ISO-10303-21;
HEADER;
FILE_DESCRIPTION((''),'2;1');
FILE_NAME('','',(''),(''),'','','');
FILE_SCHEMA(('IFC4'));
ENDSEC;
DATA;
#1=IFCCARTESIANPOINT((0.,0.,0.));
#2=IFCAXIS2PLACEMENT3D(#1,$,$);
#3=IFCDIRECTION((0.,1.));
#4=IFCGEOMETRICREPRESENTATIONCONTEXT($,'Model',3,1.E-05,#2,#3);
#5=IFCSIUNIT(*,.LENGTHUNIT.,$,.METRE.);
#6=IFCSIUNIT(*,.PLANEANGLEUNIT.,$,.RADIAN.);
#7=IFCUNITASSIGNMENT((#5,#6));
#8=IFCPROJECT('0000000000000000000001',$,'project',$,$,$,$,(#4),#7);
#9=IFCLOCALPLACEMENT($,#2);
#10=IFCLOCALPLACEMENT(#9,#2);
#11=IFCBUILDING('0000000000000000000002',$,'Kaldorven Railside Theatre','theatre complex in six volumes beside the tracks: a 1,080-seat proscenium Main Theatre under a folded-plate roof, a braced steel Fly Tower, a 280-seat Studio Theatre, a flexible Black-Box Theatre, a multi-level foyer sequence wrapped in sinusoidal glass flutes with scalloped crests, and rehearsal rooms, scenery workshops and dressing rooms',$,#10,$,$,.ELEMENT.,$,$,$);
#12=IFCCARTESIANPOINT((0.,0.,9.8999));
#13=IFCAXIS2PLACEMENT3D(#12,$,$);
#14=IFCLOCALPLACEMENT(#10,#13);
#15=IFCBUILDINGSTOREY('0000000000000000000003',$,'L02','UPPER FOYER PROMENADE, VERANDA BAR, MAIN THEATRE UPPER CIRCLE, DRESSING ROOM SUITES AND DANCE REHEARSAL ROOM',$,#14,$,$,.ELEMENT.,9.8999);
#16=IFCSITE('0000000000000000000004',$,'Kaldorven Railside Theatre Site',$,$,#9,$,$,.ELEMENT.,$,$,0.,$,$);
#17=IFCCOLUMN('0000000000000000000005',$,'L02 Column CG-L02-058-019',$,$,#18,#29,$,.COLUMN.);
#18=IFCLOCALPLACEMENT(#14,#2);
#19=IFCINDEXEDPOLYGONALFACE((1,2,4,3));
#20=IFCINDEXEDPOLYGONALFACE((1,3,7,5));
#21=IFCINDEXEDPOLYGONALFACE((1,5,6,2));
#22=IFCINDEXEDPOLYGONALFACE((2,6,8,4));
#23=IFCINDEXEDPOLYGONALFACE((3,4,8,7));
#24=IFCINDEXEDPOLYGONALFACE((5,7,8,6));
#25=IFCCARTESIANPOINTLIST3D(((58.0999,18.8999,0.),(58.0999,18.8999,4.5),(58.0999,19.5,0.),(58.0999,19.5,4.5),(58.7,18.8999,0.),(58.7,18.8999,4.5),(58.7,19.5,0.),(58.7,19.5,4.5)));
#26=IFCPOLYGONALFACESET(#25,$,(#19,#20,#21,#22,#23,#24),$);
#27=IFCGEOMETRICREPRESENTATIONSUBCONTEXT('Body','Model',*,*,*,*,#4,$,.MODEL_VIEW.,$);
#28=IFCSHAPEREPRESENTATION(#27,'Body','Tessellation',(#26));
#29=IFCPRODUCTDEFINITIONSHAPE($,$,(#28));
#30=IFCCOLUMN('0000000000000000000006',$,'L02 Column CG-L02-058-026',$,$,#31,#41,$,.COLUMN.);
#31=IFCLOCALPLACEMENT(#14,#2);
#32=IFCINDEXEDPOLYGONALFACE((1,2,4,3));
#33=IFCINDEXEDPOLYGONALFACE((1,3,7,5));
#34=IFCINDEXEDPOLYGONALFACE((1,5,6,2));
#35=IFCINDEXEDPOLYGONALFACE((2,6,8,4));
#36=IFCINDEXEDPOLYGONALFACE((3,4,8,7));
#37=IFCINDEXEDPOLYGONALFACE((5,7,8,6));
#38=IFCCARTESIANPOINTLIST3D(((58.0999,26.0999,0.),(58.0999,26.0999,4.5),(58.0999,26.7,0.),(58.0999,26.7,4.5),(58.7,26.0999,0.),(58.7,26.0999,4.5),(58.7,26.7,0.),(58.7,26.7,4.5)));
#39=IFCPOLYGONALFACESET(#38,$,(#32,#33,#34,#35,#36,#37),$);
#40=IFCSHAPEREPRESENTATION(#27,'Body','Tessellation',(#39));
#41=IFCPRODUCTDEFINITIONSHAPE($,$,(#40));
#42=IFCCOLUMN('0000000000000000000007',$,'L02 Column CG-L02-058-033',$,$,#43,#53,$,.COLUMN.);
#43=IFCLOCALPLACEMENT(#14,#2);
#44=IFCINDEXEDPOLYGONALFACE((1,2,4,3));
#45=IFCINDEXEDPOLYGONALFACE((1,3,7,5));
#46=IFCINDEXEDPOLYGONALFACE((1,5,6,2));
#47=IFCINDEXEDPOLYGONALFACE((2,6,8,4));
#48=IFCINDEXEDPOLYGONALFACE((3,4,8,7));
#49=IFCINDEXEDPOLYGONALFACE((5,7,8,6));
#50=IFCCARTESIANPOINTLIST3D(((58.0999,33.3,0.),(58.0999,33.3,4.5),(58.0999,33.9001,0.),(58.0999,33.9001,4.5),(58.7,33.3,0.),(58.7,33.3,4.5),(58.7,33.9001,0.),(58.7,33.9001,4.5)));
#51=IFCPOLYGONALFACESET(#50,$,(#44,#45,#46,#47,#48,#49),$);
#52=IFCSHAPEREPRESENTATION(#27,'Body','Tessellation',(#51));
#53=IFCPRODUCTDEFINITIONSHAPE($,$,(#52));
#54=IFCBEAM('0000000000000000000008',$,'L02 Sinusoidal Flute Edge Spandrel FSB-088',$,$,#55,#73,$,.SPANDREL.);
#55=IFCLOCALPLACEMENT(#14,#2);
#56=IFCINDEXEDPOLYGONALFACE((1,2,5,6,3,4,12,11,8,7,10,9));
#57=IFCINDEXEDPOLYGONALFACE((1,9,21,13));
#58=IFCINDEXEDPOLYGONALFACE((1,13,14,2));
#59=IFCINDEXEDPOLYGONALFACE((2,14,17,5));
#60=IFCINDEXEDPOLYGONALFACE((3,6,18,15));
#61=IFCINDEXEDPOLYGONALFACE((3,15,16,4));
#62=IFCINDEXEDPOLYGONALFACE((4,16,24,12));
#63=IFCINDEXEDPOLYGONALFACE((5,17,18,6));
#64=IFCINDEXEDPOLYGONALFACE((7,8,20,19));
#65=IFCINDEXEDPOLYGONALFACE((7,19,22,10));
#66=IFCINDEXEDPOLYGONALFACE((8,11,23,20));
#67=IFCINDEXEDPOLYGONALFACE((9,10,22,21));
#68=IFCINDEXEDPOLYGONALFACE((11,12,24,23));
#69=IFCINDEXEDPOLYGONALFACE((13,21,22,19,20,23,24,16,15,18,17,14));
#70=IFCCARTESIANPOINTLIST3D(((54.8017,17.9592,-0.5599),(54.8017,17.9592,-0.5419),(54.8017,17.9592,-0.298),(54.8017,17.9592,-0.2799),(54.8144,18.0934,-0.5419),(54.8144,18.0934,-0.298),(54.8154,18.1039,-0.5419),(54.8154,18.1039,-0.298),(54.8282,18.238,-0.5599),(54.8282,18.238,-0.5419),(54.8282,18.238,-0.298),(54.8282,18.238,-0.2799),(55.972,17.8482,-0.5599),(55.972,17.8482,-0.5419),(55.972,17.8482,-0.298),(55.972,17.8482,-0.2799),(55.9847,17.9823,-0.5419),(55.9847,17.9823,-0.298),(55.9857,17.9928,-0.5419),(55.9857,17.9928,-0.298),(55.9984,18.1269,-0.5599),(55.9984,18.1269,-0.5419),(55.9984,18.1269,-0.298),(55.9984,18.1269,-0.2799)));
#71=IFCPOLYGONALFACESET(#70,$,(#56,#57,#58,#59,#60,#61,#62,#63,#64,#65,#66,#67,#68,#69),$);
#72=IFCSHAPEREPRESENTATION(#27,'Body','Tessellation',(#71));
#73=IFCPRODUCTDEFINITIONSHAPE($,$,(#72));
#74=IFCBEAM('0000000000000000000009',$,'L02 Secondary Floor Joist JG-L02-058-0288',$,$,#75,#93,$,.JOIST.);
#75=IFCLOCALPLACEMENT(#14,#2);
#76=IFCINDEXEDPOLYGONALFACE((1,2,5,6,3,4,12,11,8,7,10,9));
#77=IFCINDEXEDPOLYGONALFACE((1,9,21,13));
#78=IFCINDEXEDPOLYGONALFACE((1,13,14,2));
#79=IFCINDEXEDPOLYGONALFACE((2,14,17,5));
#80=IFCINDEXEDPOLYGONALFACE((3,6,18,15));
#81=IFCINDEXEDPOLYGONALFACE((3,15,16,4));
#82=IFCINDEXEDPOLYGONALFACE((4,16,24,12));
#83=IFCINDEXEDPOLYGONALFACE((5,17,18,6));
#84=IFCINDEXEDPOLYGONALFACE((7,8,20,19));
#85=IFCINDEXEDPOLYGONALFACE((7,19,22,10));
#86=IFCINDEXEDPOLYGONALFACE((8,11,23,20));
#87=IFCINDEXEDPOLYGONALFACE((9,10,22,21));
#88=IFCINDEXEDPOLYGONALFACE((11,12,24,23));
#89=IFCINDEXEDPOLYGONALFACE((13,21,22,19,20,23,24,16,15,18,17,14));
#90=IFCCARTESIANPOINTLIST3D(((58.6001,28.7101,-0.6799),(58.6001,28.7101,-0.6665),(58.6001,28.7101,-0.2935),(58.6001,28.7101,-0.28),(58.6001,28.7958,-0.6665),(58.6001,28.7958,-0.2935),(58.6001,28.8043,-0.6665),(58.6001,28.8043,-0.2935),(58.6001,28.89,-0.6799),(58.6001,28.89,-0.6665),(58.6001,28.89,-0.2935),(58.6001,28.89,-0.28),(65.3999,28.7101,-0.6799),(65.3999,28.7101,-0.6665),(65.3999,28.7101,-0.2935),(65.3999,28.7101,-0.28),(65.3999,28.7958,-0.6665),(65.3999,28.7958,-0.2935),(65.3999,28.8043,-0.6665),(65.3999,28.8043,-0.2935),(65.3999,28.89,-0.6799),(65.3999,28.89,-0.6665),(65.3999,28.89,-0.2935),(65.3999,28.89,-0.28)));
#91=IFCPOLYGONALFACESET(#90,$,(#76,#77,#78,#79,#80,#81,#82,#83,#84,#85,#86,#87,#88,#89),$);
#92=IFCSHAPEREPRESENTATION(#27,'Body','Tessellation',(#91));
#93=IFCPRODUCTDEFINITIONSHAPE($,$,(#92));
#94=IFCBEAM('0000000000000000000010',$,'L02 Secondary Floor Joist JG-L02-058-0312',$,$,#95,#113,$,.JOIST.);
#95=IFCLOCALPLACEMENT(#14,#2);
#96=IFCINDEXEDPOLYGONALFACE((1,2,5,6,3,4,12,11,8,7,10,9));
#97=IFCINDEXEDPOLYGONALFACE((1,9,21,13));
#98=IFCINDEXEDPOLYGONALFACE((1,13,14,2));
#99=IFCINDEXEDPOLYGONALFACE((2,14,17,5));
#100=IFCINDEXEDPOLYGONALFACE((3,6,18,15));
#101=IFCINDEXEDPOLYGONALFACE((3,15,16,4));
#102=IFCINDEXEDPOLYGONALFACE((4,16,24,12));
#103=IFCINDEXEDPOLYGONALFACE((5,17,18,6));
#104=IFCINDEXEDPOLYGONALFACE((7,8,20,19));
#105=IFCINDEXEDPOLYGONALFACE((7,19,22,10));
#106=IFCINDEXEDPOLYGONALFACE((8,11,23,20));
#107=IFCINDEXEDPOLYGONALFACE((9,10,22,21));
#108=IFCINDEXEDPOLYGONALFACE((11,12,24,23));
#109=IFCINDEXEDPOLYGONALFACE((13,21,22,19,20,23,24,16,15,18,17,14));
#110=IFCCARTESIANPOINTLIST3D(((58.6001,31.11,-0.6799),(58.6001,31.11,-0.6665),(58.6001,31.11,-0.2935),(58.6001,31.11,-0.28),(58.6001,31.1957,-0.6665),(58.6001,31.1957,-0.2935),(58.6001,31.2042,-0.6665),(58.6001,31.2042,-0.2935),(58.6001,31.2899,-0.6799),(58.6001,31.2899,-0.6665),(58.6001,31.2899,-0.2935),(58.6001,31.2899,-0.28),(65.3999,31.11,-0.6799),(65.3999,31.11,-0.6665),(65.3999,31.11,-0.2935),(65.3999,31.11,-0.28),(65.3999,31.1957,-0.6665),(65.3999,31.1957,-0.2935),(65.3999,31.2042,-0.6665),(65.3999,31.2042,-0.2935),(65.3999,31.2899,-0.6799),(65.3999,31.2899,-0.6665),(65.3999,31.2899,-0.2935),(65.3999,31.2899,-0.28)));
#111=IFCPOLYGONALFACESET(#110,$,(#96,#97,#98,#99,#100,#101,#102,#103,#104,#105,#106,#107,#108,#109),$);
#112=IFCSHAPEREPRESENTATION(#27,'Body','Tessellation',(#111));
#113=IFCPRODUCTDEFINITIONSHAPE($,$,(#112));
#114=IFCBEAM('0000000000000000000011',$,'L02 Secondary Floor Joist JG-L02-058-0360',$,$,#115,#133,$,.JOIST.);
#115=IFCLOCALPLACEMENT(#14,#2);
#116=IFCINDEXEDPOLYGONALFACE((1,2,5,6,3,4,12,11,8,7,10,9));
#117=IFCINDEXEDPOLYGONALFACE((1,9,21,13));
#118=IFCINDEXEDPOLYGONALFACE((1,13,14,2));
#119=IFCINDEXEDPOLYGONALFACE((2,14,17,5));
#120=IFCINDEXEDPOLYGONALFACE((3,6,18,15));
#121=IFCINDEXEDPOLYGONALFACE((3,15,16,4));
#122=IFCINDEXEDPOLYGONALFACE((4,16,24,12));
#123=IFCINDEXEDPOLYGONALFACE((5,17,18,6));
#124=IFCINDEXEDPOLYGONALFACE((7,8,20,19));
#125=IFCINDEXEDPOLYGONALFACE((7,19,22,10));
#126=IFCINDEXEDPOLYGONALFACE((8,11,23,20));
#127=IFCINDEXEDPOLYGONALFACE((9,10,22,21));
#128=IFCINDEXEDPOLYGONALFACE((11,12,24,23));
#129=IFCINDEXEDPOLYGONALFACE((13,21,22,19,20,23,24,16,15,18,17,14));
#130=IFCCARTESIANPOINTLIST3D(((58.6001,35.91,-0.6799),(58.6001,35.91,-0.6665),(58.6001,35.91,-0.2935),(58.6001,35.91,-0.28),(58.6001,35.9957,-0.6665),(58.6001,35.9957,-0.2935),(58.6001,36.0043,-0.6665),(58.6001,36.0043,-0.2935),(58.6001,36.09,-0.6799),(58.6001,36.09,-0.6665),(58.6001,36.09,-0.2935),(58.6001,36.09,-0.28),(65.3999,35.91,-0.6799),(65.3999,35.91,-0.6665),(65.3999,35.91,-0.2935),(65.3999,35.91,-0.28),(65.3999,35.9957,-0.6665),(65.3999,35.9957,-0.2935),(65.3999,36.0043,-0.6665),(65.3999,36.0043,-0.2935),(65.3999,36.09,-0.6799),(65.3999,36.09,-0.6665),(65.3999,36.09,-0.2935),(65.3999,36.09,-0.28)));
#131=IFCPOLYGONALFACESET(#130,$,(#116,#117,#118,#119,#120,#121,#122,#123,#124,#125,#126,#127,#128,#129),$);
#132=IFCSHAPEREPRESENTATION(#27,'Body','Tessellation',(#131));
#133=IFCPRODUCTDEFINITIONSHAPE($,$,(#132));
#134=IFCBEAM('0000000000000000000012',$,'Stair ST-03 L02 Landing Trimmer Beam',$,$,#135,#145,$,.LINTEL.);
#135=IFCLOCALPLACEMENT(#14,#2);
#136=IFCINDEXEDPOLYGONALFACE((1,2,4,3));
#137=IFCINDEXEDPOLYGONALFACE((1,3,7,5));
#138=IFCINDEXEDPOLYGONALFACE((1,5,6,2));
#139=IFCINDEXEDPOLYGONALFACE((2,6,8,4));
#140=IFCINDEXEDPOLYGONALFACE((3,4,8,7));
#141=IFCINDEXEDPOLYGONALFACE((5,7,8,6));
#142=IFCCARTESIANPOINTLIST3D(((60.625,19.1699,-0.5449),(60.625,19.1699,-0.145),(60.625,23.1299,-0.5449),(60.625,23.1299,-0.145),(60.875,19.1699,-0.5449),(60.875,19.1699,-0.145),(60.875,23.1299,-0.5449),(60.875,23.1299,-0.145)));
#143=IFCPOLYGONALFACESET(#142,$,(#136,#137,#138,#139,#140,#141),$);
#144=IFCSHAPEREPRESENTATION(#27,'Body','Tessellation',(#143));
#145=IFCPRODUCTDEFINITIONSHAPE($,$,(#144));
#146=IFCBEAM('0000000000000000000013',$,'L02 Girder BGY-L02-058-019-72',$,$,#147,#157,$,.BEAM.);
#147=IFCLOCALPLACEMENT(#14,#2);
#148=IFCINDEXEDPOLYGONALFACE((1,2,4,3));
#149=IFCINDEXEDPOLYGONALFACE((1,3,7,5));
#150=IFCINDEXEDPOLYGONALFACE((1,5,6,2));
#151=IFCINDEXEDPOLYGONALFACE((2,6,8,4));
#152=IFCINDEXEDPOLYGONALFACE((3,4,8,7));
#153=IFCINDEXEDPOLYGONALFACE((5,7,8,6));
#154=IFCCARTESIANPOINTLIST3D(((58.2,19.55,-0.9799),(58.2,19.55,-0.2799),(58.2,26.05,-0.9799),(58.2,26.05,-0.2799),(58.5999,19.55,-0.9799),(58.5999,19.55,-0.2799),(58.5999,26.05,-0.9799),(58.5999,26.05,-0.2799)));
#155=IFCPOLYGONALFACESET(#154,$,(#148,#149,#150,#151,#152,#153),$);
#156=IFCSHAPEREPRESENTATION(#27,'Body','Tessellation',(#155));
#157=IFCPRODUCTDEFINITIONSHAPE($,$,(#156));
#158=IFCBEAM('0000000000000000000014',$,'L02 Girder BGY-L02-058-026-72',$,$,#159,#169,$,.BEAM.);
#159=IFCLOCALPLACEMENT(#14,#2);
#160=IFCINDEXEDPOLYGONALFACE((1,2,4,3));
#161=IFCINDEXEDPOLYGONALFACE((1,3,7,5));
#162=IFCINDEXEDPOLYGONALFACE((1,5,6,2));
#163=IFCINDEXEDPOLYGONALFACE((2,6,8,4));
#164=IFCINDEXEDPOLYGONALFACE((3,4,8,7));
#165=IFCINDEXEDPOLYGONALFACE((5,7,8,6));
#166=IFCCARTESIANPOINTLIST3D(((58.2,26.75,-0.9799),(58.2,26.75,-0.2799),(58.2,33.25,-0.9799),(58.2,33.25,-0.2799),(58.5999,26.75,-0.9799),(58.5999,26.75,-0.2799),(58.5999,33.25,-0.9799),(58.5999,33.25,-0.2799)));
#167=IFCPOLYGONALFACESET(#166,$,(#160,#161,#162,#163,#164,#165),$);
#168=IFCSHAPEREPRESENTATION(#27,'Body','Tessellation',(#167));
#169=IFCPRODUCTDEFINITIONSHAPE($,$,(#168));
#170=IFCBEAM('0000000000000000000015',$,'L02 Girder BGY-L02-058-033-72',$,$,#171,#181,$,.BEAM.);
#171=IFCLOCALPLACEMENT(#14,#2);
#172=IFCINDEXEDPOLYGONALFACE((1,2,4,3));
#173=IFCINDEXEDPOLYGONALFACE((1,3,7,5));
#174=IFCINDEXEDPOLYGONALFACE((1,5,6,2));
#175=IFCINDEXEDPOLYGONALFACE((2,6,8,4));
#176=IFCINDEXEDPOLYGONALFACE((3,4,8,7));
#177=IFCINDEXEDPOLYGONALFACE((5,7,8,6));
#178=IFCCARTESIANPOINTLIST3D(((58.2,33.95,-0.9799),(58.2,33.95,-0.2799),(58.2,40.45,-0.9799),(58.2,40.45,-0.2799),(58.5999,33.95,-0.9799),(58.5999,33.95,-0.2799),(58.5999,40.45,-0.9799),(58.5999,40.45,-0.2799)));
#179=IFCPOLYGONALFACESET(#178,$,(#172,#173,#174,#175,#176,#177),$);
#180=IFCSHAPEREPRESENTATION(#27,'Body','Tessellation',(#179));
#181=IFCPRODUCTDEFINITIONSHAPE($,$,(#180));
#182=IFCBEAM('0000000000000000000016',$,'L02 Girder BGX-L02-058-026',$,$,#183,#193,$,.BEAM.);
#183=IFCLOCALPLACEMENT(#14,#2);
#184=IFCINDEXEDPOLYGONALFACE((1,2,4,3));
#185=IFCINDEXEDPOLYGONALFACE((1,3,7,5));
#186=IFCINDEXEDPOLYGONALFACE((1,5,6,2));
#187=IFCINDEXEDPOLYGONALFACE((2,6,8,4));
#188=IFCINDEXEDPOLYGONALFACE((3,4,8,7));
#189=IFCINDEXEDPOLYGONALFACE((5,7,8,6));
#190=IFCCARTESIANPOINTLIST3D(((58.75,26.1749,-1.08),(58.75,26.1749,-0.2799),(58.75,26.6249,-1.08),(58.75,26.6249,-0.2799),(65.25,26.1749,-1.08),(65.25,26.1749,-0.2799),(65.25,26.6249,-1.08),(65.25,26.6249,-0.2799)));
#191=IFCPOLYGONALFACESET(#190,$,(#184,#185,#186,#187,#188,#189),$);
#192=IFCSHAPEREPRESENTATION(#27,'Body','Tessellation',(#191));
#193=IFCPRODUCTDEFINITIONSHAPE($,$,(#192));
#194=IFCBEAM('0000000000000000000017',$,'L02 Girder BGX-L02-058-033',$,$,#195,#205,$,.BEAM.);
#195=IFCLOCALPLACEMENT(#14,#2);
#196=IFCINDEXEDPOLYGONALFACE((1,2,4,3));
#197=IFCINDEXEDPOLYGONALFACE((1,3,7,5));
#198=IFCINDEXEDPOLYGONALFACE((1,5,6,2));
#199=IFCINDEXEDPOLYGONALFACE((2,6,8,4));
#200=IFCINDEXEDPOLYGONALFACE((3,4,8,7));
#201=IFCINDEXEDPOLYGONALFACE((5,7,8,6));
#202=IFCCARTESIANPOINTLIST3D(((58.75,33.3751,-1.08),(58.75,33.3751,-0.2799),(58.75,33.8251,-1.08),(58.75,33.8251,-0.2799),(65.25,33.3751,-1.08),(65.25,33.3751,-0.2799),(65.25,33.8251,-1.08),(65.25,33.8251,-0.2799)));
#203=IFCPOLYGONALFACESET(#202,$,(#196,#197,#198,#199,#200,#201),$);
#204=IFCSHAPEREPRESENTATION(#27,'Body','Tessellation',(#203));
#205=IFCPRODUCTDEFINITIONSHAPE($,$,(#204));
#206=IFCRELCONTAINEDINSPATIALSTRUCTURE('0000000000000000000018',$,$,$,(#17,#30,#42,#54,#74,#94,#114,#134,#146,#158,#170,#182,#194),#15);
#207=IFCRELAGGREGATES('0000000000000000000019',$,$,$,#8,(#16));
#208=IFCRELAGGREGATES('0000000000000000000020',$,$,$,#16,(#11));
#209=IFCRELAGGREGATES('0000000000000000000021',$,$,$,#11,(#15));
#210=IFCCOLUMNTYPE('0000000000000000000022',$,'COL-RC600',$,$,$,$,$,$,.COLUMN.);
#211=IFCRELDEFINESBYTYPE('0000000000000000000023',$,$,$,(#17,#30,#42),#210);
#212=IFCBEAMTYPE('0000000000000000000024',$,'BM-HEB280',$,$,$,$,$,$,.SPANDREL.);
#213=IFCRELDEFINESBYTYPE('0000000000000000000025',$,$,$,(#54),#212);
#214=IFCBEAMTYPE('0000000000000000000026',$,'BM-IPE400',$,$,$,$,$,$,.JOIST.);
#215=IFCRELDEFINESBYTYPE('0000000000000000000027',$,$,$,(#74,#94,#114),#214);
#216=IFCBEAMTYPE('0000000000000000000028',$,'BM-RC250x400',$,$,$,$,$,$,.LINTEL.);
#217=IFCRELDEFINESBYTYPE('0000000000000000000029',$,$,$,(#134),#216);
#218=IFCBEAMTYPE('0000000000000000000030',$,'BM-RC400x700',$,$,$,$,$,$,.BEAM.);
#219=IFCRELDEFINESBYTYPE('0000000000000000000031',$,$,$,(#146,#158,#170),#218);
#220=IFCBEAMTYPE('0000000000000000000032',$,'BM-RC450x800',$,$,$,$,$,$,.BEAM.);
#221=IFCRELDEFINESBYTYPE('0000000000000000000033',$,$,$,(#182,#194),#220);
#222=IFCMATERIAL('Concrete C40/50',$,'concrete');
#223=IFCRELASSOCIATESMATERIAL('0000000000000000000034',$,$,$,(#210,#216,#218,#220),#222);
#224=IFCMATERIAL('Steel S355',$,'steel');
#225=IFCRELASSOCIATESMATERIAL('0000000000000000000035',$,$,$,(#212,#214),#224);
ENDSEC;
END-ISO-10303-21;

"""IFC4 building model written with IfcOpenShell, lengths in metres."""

from ifc_helpers import new_model, si_unit, direction, frame, origin, origin_2d, place, context, subcontext, project, spatial, rectangle, i_section, extrude, material, material_profile, profile_set, type_object, element, save


model = new_model("IFC4")

# Units and contexts
model_context = context("Model", 3, precision=1e-05, world=origin(), true_north=direction((0.0, 1.0)))
body_context = subcontext(model_context, "Body", "Model", "MODEL_VIEW")
ifc_project = project(units=[si_unit("LENGTHUNIT", "METRE"), si_unit("PLANEANGLEUNIT", "RADIAN")], contexts=[model_context])

# Site, building, storey
site_placement = place(None, origin())
site = spatial("IfcSite", under=ifc_project, at=site_placement, Name="Kaldorven Railside Theatre Site", CompositionType="ELEMENT", RefElevation=0.0)
building_placement = place(site_placement, origin())
building = spatial("IfcBuilding", under=site, at=building_placement, Name="Kaldorven Railside Theatre", Description="theatre complex in six volumes beside the tracks: a 1,080-seat proscenium Main Theatre under a folded-plate roof, a braced steel Fly Tower, a 280-seat Studio Theatre, a flexible Black-Box Theatre, a multi-level foyer sequence wrapped in sinusoidal glass flutes with scalloped crests, and rehearsal rooms, scenery workshops and dressing rooms", CompositionType="ELEMENT")
storey_placement = place(building_placement, frame((0.0, 0.0, 9.8999)))
storey = spatial("IfcBuildingStorey", under=building, at=storey_placement, Name="L02", Description="UPPER FOYER PROMENADE, VERANDA BAR, MAIN THEATRE UPPER CIRCLE, DRESSING ROOM SUITES AND DANCE REHEARSAL ROOM", CompositionType="ELEMENT", Elevation=9.8999)

# Columns
ifc_material_1 = material(Name="Concrete C40/50", Category="concrete")
ifc_material_profile_1 = material_profile(ifc_material_1, rectangle(XDim=0.6001, YDim=0.6001, at=origin_2d()), Name="RC 600x600")
ifc_profile_set_1 = profile_set([ifc_material_profile_1], Name="Concrete C40/50")
column_type = type_object("IfcColumnType", Name="COL-RC600", PredefinedType="COLUMN", material=ifc_profile_set_1)
for number, where, z_axis, x_axis, name in (
    (1, (58.3999, 19.2, 0.0), (0.0, 0.0, 1.0), (0.0, 1.0, 0.0), "L02 Column CG-L02-058-019"),
    (2, (58.3999, 26.3999, 0.0), (0.0, 0.0, 1.0), (1.0, 0.0, 0.0), "L02 Column CG-L02-058-026"),
    (3, (58.3999, 33.6001, 0.0), (0.0, 0.0, 1.0), (1.0, 0.0, 0.0), "L02 Column CG-L02-058-033"),
):
    element("IfcColumn", number, at=place(storey_placement, frame(where, z_axis=z_axis, x_axis=x_axis)), inside=storey, type_object=column_type, Name=name, PredefinedType="COLUMN", context=body_context, shape_type="SweptSolid", body=[
        extrude(rectangle(XDim=0.6001, YDim=0.6001, at=origin_2d()), origin(), (0.0, 0.0, 1.0), 4.5),
    ])

# Beams
ifc_material_2 = material(Name="Steel S355", Category="steel")
ifc_material_profile_2 = material_profile(ifc_material_2, i_section(OverallWidth=0.28, OverallDepth=0.28, WebThickness=0.0105, FlangeThickness=0.0181, at=origin_2d()), Name="HEB 280")
ifc_profile_set_2 = profile_set([ifc_material_profile_2], Name="Steel S355")
beam_type_1 = type_object("IfcBeamType", Name="BM-HEB280", PredefinedType="SPANDREL", material=ifc_profile_set_2)
beam_1_placement = place(storey_placement, frame((54.8149, 18.0986, -0.4199), z_axis=(0.995524, -0.094505, 0.0), x_axis=(0.094505, 0.995524, 0.0)))
element("IfcBeam", 4, at=beam_1_placement, inside=storey, type_object=beam_type_1, Name="L02 Sinusoidal Flute Edge Spandrel FSB-088", PredefinedType="SPANDREL", context=body_context, shape_type="SweptSolid", body=[
    extrude(i_section(OverallWidth=0.28, OverallDepth=0.28, WebThickness=0.0105, FlangeThickness=0.0181, at=origin_2d()), origin(), (0.0, 0.0, 1.0), 1.1755),
])
ifc_material_profile_3 = material_profile(ifc_material_2, i_section(OverallWidth=0.1799, OverallDepth=0.3999, WebThickness=0.0085, FlangeThickness=0.0134, at=origin_2d()), Name="IPE 400")
ifc_profile_set_3 = profile_set([ifc_material_profile_3], Name="Steel S355")
beam_type_2 = type_object("IfcBeamType", Name="BM-IPE400", PredefinedType="JOIST", material=ifc_profile_set_3)
for number, where, z_axis, x_axis, name in (
    (5, (58.6001, 28.8, -0.48), (1.0, 0.0, 0.0), (0.0, 1.0, 0.0), "L02 Secondary Floor Joist JG-L02-058-0288"),
    (6, (58.6001, 31.2, -0.48), (1.0, 0.0, 0.0), (0.0, 1.0, 0.0), "L02 Secondary Floor Joist JG-L02-058-0312"),
    (7, (58.6001, 36.0, -0.48), (1.0, 0.0, 0.0), (0.0, 1.0, 0.0), "L02 Secondary Floor Joist JG-L02-058-0360"),
):
    element("IfcBeam", number, at=place(storey_placement, frame(where, z_axis=z_axis, x_axis=x_axis)), inside=storey, type_object=beam_type_2, Name=name, PredefinedType="JOIST", context=body_context, shape_type="SweptSolid", body=[
        extrude(i_section(OverallWidth=0.1799, OverallDepth=0.3999, WebThickness=0.0085, FlangeThickness=0.0134, at=origin_2d()), origin(), (0.0, 0.0, 1.0), 6.7998),
    ])
ifc_material_profile_4 = material_profile(ifc_material_1, rectangle(XDim=0.25, YDim=0.3999, at=origin_2d()), Name="RC 250x400")
ifc_profile_set_4 = profile_set([ifc_material_profile_4], Name="Concrete C40/50")
beam_type_3 = type_object("IfcBeamType", Name="BM-RC250x400", PredefinedType="LINTEL", material=ifc_profile_set_4)
beam_2_placement = place(storey_placement, frame((60.75, 19.1699, -0.345), z_axis=(0.0, 1.0, 0.0), x_axis=(-1.0, 0.0, 0.0)))
element("IfcBeam", 8, at=beam_2_placement, inside=storey, type_object=beam_type_3, Name="Stair ST-03 L02 Landing Trimmer Beam", PredefinedType="LINTEL", context=body_context, shape_type="SweptSolid", body=[
    extrude(rectangle(XDim=0.25, YDim=0.3999, at=origin_2d()), origin(), (0.0, 0.0, 1.0), 3.96),
])
ifc_material_profile_5 = material_profile(ifc_material_1, rectangle(XDim=0.3999, YDim=0.7, at=origin_2d()), Name="RC 400x700")
ifc_profile_set_5 = profile_set([ifc_material_profile_5], Name="Concrete C40/50")
beam_type_4 = type_object("IfcBeamType", Name="BM-RC400x700", PredefinedType="BEAM", material=ifc_profile_set_5)
for number, where, z_axis, x_axis, name in (
    (9, (58.3999, 19.55, -0.6299), (0.0, 1.0, 0.0), (-1.0, 0.0, 0.0), "L02 Girder BGY-L02-058-019-72"),
    (10, (58.3999, 26.75, -0.6299), (0.0, 1.0, 0.0), (-1.0, 0.0, 0.0), "L02 Girder BGY-L02-058-026-72"),
    (11, (58.3999, 33.95, -0.6299), (0.0, 1.0, 0.0), (-1.0, 0.0, 0.0), "L02 Girder BGY-L02-058-033-72"),
):
    element("IfcBeam", number, at=place(storey_placement, frame(where, z_axis=z_axis, x_axis=x_axis)), inside=storey, type_object=beam_type_4, Name=name, PredefinedType="BEAM", context=body_context, shape_type="SweptSolid", body=[
        extrude(rectangle(XDim=0.3999, YDim=0.7, at=origin_2d()), origin(), (0.0, 0.0, 1.0), 6.5),
    ])
ifc_material_profile_6 = material_profile(ifc_material_1, rectangle(XDim=0.45, YDim=0.8, at=origin_2d()), Name="RC 450x800")
ifc_profile_set_6 = profile_set([ifc_material_profile_6], Name="Concrete C40/50")
beam_type_5 = type_object("IfcBeamType", Name="BM-RC450x800", PredefinedType="BEAM", material=ifc_profile_set_6)
for number, where, z_axis, x_axis, name in (
    (12, (58.75, 26.3999, -0.6799), (1.0, 0.0, 0.0), (0.0, 1.0, 0.0), "L02 Girder BGX-L02-058-026"),
    (13, (58.75, 33.6001, -0.6799), (1.0, 0.0, 0.0), (0.0, 1.0, 0.0), "L02 Girder BGX-L02-058-033"),
):
    element("IfcBeam", number, at=place(storey_placement, frame(where, z_axis=z_axis, x_axis=x_axis)), inside=storey, type_object=beam_type_5, Name=name, PredefinedType="BEAM", context=body_context, shape_type="SweptSolid", body=[
        extrude(rectangle(XDim=0.45, YDim=0.8, at=origin_2d()), origin(), (0.0, 0.0, 1.0), 6.5),
    ])

save(model, "model.ifc")
